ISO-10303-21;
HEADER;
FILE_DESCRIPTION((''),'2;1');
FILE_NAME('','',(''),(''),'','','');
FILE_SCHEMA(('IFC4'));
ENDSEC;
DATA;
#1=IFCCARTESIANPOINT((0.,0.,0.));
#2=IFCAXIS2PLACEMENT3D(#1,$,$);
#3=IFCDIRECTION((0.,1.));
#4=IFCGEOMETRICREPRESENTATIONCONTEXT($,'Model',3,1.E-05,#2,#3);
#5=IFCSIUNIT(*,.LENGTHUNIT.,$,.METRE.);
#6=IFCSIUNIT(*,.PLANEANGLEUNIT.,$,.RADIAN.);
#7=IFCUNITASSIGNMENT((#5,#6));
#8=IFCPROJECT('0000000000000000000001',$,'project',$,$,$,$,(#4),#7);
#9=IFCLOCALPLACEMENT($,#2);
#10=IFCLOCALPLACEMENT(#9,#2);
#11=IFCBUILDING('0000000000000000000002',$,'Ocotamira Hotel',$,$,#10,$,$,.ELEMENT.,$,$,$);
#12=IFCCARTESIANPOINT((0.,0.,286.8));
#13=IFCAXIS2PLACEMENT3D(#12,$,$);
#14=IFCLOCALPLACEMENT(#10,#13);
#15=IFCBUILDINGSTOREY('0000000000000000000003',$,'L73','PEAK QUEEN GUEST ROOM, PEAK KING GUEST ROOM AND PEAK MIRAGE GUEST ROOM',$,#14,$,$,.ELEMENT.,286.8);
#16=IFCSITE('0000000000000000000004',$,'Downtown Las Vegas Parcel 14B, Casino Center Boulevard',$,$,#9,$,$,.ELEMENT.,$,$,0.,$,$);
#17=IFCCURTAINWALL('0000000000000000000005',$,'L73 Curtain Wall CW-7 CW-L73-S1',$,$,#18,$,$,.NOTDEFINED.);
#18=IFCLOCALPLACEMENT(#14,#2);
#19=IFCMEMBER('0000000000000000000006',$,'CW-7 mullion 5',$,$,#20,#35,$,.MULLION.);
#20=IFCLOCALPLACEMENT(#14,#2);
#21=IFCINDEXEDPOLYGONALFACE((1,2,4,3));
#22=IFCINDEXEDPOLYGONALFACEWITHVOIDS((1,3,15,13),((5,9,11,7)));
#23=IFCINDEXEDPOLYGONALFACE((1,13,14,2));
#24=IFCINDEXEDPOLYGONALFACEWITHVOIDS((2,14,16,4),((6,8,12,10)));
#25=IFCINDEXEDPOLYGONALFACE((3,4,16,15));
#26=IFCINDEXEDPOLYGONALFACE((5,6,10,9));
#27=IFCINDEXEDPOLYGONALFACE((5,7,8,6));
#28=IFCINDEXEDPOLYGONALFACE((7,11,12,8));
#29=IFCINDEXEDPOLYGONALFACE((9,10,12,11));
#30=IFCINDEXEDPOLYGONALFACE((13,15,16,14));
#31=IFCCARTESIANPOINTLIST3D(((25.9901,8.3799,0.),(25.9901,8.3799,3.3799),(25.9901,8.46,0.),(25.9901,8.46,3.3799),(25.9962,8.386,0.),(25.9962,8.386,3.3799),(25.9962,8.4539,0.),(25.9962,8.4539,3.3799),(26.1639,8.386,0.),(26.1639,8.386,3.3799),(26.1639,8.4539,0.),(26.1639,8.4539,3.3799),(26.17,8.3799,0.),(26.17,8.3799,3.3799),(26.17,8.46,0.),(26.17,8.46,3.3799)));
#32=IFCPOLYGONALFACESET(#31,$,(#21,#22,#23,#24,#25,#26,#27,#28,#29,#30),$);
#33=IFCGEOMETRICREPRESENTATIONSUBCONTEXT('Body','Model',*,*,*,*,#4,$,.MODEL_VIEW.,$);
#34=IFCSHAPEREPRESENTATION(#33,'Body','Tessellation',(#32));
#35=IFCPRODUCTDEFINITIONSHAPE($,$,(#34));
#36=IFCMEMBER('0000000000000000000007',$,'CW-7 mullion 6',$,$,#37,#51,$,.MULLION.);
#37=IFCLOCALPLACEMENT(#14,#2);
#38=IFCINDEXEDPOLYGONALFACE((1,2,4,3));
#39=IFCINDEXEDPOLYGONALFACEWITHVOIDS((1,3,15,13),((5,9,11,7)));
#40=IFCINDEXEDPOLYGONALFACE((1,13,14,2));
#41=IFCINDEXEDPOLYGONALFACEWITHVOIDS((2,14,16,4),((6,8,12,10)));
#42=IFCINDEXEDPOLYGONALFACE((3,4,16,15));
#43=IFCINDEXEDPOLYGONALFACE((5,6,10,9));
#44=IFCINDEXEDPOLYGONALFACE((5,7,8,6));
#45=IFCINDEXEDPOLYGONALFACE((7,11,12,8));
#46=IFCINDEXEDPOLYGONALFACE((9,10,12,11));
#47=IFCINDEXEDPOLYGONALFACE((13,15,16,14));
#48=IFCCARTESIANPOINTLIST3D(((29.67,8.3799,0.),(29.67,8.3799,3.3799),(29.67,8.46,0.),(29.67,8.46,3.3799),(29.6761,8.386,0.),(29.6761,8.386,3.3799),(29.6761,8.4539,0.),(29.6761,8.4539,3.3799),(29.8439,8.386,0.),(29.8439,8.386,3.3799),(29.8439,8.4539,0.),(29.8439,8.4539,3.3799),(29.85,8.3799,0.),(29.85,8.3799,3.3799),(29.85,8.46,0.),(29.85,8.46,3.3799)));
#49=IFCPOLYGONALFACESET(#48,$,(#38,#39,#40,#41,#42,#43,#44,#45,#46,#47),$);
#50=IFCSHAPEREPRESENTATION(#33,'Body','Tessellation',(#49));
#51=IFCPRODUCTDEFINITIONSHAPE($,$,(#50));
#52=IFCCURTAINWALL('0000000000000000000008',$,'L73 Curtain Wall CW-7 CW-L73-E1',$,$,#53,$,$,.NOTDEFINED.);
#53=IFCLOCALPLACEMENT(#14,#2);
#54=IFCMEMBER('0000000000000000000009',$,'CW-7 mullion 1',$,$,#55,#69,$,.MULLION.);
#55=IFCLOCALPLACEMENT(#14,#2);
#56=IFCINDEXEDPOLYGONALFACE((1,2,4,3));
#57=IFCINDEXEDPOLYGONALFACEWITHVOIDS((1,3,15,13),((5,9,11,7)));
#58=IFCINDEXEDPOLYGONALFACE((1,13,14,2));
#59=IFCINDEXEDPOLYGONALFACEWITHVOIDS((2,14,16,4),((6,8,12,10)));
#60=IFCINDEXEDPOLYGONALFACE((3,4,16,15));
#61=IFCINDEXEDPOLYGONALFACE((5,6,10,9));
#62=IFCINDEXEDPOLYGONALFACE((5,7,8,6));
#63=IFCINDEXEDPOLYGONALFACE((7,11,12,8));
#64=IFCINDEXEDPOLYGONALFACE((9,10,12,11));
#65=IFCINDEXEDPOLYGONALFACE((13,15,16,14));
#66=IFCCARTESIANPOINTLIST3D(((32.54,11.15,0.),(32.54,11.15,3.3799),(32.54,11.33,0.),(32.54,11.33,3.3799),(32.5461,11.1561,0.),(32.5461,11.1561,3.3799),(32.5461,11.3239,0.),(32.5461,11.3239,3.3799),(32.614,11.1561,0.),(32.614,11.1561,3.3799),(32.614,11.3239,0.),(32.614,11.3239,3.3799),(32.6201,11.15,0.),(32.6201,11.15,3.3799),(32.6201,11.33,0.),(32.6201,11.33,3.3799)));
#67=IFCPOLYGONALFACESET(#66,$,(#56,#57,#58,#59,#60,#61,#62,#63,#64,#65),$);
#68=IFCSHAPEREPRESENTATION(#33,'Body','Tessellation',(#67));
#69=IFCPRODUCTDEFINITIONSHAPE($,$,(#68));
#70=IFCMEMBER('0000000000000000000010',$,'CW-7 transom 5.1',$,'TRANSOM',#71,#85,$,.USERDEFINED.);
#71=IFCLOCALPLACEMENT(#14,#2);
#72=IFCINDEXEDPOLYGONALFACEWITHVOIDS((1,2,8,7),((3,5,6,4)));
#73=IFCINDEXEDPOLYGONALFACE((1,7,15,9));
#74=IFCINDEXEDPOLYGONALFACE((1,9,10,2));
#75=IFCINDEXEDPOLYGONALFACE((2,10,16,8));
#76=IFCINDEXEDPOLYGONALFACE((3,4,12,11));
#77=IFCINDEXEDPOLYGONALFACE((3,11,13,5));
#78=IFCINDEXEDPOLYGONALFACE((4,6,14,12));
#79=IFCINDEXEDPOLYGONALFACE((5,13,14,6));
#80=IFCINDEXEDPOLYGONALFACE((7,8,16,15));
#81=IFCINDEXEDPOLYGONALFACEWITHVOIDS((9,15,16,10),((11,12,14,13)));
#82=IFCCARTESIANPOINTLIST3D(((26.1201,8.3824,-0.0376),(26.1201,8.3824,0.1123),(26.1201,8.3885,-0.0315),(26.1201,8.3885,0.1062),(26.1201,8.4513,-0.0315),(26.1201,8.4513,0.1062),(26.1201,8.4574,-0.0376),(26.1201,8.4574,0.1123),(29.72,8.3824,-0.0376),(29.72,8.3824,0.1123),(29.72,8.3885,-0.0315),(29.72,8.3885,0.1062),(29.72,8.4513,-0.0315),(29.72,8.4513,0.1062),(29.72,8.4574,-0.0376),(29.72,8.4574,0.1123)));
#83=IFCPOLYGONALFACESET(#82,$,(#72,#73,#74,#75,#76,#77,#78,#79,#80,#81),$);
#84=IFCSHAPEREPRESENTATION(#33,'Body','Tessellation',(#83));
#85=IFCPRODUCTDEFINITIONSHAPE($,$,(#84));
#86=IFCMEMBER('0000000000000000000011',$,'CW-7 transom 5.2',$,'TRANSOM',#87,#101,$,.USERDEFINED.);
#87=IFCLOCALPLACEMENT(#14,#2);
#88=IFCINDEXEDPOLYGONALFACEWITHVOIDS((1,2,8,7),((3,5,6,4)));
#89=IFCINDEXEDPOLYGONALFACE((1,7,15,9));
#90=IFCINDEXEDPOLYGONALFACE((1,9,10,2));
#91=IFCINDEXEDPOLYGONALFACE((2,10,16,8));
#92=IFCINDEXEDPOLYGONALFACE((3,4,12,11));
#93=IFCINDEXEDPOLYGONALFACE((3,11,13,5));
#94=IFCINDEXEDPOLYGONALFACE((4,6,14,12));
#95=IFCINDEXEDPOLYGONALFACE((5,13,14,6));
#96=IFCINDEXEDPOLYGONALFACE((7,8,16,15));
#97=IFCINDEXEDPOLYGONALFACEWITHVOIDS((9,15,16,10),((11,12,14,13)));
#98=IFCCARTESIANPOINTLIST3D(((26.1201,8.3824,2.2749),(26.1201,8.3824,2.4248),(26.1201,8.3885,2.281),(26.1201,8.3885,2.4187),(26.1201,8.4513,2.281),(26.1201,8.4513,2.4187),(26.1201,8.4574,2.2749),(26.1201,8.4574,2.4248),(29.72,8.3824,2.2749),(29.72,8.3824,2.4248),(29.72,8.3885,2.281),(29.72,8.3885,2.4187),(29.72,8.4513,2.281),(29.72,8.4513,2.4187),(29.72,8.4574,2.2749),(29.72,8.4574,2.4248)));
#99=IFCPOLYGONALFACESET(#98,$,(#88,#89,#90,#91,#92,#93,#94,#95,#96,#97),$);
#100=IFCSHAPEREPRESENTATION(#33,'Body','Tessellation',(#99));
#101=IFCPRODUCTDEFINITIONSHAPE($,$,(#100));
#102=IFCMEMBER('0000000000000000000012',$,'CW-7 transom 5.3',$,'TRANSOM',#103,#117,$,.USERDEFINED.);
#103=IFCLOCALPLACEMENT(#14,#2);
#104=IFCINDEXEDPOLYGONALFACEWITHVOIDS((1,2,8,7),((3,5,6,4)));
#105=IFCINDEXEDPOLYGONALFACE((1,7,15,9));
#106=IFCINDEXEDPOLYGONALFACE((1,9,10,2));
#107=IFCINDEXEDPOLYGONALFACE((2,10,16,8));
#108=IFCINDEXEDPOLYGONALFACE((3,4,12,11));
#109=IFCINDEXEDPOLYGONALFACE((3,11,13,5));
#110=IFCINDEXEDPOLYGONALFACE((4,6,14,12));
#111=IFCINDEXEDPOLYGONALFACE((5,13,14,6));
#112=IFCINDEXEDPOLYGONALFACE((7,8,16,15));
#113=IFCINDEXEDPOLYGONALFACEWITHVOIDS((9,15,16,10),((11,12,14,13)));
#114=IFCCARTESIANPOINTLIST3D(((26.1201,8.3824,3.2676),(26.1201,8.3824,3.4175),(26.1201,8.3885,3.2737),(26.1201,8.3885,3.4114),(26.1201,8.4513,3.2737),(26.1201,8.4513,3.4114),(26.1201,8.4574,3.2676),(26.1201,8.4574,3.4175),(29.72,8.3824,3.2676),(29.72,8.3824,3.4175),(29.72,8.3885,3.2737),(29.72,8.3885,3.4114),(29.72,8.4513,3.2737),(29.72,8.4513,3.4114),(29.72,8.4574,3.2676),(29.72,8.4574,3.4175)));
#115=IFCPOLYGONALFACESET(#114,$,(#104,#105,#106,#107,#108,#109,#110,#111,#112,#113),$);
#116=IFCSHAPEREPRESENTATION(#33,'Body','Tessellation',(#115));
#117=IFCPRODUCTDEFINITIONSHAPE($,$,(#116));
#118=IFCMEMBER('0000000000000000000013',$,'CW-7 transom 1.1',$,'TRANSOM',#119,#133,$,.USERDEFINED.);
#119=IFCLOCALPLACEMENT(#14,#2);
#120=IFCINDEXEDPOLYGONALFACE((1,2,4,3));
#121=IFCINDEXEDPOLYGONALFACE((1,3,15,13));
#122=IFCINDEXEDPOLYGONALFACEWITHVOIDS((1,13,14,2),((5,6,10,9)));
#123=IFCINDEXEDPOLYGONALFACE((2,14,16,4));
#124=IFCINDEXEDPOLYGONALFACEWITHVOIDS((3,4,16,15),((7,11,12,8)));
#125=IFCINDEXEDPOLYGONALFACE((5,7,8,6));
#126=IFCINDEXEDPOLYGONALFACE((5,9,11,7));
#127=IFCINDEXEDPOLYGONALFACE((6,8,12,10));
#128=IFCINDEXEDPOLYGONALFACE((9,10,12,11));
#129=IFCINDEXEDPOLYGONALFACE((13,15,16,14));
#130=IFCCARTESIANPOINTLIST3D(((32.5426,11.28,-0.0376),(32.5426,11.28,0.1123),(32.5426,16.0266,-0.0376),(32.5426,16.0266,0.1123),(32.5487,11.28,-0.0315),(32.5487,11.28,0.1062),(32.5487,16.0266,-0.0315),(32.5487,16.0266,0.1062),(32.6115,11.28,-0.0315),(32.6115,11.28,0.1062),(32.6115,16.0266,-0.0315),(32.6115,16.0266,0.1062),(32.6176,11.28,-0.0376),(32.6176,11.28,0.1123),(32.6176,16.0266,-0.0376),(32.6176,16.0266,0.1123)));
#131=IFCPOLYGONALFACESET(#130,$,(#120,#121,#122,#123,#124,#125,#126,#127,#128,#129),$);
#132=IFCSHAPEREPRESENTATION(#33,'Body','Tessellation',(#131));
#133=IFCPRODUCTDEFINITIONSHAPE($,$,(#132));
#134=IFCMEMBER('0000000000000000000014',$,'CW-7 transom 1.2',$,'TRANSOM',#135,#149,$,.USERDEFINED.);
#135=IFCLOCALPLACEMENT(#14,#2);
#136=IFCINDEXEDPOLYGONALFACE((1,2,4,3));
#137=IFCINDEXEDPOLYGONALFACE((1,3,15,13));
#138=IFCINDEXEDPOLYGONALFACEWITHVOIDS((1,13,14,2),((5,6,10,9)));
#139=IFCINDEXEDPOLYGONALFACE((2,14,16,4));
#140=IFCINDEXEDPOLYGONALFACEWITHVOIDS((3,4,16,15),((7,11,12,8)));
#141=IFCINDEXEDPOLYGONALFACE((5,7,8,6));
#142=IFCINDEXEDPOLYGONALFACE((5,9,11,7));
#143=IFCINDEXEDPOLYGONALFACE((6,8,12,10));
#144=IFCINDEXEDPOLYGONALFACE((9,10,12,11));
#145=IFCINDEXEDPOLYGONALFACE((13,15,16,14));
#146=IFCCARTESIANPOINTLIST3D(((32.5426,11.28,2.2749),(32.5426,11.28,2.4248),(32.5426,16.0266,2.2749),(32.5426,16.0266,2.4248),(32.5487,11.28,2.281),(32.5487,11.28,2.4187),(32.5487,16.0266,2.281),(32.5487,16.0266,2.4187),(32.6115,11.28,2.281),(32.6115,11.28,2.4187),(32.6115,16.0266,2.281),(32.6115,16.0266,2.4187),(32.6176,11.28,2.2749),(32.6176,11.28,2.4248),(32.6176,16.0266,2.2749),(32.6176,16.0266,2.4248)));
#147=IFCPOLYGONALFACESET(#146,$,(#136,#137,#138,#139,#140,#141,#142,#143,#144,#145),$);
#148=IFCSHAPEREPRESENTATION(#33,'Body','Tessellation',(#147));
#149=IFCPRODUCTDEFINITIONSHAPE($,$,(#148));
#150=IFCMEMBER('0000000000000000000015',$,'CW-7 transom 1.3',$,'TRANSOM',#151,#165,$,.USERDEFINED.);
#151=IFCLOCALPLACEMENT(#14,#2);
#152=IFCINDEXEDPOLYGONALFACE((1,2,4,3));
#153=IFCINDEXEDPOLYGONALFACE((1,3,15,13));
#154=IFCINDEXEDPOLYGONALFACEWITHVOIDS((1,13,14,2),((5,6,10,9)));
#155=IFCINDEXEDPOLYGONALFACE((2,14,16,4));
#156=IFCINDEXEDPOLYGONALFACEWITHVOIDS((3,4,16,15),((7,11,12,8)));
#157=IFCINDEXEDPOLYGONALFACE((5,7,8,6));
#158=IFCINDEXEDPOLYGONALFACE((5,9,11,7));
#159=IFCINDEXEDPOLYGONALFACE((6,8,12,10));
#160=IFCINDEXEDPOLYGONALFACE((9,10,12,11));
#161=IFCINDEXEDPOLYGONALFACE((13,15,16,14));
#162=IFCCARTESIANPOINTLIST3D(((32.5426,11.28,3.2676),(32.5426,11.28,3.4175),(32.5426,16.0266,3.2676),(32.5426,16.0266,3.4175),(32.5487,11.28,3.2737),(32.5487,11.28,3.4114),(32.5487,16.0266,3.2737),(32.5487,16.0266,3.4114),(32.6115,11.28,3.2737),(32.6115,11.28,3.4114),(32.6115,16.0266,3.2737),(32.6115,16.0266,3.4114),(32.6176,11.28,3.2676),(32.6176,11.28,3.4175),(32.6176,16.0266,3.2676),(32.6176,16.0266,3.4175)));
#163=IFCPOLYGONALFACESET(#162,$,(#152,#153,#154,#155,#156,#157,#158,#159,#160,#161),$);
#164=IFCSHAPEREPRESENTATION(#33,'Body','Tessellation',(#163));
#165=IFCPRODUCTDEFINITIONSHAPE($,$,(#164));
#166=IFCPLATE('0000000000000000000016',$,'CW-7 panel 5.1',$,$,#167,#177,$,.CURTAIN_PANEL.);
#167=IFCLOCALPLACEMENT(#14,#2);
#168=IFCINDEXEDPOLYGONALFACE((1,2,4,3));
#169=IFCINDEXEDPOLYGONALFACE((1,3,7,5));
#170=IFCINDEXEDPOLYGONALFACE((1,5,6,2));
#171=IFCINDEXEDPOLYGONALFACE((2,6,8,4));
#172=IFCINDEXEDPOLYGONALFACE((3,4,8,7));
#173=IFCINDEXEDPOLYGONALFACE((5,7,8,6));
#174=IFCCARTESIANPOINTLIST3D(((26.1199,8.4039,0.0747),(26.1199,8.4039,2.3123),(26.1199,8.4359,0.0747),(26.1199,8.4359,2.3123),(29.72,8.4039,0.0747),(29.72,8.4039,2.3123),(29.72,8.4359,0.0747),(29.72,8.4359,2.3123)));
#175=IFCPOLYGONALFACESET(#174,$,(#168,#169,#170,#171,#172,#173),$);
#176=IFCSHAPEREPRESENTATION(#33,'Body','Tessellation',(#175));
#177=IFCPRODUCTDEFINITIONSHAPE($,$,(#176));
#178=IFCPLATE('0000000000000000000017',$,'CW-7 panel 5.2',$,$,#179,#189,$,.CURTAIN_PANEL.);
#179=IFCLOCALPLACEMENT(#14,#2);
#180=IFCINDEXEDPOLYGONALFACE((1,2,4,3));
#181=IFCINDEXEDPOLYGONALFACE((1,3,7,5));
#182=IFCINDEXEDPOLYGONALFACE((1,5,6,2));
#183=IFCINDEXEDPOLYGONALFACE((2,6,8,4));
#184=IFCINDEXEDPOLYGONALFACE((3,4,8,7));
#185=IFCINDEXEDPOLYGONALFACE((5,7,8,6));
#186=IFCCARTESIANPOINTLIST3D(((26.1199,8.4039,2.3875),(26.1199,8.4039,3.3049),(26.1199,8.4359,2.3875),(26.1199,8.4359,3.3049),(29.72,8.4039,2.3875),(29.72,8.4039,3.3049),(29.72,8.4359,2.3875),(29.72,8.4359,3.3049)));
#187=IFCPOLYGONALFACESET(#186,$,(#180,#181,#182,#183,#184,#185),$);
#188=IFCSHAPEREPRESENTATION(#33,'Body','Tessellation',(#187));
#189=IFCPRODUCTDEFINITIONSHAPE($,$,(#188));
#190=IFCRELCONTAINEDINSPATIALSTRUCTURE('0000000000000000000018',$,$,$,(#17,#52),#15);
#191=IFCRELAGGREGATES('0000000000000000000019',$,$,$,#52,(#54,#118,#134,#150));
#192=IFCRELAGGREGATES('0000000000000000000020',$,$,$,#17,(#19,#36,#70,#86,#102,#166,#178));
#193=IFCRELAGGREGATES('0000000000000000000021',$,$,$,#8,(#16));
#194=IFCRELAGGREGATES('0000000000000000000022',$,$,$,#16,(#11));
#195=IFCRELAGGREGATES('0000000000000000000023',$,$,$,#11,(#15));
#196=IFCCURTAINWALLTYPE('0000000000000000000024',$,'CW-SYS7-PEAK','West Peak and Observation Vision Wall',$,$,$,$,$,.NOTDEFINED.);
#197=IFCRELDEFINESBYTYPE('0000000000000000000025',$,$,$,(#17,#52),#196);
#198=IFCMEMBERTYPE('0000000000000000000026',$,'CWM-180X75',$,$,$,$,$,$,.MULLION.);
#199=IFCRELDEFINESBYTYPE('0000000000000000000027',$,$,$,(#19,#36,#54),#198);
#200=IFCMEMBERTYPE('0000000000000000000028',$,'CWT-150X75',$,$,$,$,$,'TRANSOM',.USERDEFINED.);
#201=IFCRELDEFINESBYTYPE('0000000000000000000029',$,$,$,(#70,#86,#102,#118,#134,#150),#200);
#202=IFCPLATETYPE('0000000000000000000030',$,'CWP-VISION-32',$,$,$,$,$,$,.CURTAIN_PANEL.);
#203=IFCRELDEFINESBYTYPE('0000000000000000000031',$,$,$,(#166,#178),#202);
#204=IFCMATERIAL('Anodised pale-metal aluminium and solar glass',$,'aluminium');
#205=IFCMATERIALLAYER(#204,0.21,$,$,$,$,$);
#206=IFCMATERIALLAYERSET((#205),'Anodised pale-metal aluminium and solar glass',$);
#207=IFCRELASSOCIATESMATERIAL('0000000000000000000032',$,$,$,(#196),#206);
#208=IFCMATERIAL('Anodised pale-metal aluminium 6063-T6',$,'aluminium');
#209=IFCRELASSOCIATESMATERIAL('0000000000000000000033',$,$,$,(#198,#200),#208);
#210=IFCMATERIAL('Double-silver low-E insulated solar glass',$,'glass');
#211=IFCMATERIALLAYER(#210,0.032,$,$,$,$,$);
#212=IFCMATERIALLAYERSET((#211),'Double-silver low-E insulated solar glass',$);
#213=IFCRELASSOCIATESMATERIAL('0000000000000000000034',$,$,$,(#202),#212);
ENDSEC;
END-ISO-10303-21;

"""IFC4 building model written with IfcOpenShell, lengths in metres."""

from ifc_helpers import new_model, si_unit, direction, frame, origin, origin_2d, place, context, subcontext, project, spatial, rectangle, hollow_rectangle, extrude, source, transform, mapped, material, layer, layer_set, material_profile, profile_set, type_object, element, aggregate, save


model = new_model("IFC4")

# Units and contexts
model_context = context("Model", 3, precision=1e-05, world=origin(), true_north=direction((0.0, 1.0)))
body_context = subcontext(model_context, "Body", "Model", "MODEL_VIEW")
ifc_project = project(units=[si_unit("LENGTHUNIT", "METRE"), si_unit("PLANEANGLEUNIT", "RADIAN")], contexts=[model_context])

# Site, building, storey
site_placement = place(None, origin())
site = spatial("IfcSite", under=ifc_project, at=site_placement, Name="Downtown Las Vegas Parcel 14B, Casino Center Boulevard", CompositionType="ELEMENT", RefElevation=0.0)
building_placement = place(site_placement, origin())
building = spatial("IfcBuilding", under=site, at=building_placement, Name="Ocotamira Hotel", CompositionType="ELEMENT")
storey_placement = place(building_placement, frame((0.0, 0.0, 286.8)))
storey = spatial("IfcBuildingStorey", under=building, at=storey_placement, Name="L73", Description="PEAK QUEEN GUEST ROOM, PEAK KING GUEST ROOM AND PEAK MIRAGE GUEST ROOM", CompositionType="ELEMENT", Elevation=286.8)

# Curtain wall, members
ifc_material_1 = material(Name="Anodised pale-metal aluminium and solar glass", Category="aluminium")
ifc_layer_1 = layer(ifc_material_1, 0.21)
ifc_layer_set_1 = layer_set([ifc_layer_1], Name="Anodised pale-metal aluminium and solar glass")
curtain_wall_type = type_object("IfcCurtainWallType", Name="CW-SYS7-PEAK", Description="West Peak and Observation Vision Wall", PredefinedType="NOTDEFINED", material=ifc_layer_set_1)
curtain_wall_1_placement = place(storey_placement, origin())
curtain_wall_1 = element("IfcCurtainWall", 1, at=curtain_wall_1_placement, inside=storey, type_object=curtain_wall_type, Name="L73 Curtain Wall CW-7 CW-L73-S1", PredefinedType="NOTDEFINED")
ifc_material_2 = material(Name="Anodised pale-metal aluminium 6063-T6", Category="aluminium")
ifc_material_profile_1 = material_profile(ifc_material_2, hollow_rectangle(XDim=0.0801, YDim=0.1799, WallThickness=0.0061, at=origin_2d()), Name="HSS180X80X6")
ifc_profile_set_1 = profile_set([ifc_material_profile_1], Name="Anodised pale-metal aluminium 6063-T6")
member_type_1 = type_object("IfcMemberType", Name="CWM-180X75", PredefinedType="MULLION", material=ifc_profile_set_1)
shared_shape_1 = source(origin(), body_context, "Body", "SweptSolid", [
    extrude(hollow_rectangle(XDim=0.0801, YDim=0.1799, WallThickness=0.0061, at=origin_2d()), origin(), (0.0, 0.0, 1.0), 3.3799),
])
member_1_placement = place(storey_placement, frame((26.0801, 8.4199, 0.0), z_axis=(0.0, 0.0, 1.0), x_axis=(0.0, 1.0, 0.0)))
member_1 = element("IfcMember", 2, at=member_1_placement, type_object=member_type_1, Name="CW-7 mullion 5", PredefinedType="MULLION", context=body_context, shape_type="MappedRepresentation", body=[
    mapped(shared_shape_1, transform((0.0, 0.0, 0.0), scale=1.0)),
])
member_2_placement = place(storey_placement, frame((29.76, 8.4199, 0.0), z_axis=(0.0, 0.0, 1.0), x_axis=(0.0, 1.0, 0.0)))
member_2 = element("IfcMember", 3, at=member_2_placement, type_object=member_type_1, Name="CW-7 mullion 6", PredefinedType="MULLION", context=body_context, shape_type="MappedRepresentation", body=[
    mapped(shared_shape_1, transform((0.0, 0.0, 0.0), scale=1.0)),
])

# Curtain wall, member
curtain_wall_2_placement = place(storey_placement, origin())
curtain_wall_2 = element("IfcCurtainWall", 4, at=curtain_wall_2_placement, inside=storey, type_object=curtain_wall_type, Name="L73 Curtain Wall CW-7 CW-L73-E1", PredefinedType="NOTDEFINED")
member_3_placement = place(storey_placement, frame((32.5801, 11.24, 0.0), z_axis=(0.0, 0.0, 1.0), x_axis=(-1.0, 0.0, 0.0)))
member_3 = element("IfcMember", 5, at=member_3_placement, type_object=member_type_1, Name="CW-7 mullion 1", PredefinedType="MULLION", context=body_context, shape_type="MappedRepresentation", body=[
    mapped(shared_shape_1, transform((0.0, 0.0, 0.0), scale=1.0)),
])

# Members
ifc_material_profile_2 = material_profile(ifc_material_2, hollow_rectangle(XDim=0.075, YDim=0.1499, WallThickness=0.0061, at=origin_2d()), Name="HSS150X75X6")
ifc_profile_set_2 = profile_set([ifc_material_profile_2], Name="Anodised pale-metal aluminium 6063-T6")
member_type_2 = type_object("IfcMemberType", Name="CWT-150X75", ElementType="TRANSOM", PredefinedType="USERDEFINED", material=ifc_profile_set_2)
shared_shape_2 = source(origin(), body_context, "Body", "SweptSolid", [
    extrude(hollow_rectangle(XDim=0.075, YDim=0.1499, WallThickness=0.0061, at=origin_2d()), origin(), (0.0, 0.0, 1.0), 3.5999),
])
member_4_placement = place(storey_placement, frame((26.1201, 8.4199, 0.0374), z_axis=(1.0, 0.0, 0.0), x_axis=(0.0, 1.0, 0.0)))
member_4 = element("IfcMember", 6, at=member_4_placement, type_object=member_type_2, Name="CW-7 transom 5.1", ObjectType="TRANSOM", PredefinedType="USERDEFINED", context=body_context, shape_type="MappedRepresentation", body=[
    mapped(shared_shape_2, transform((0.0, 0.0, 0.0), scale=1.0)),
])
member_5_placement = place(storey_placement, frame((26.1201, 8.4199, 2.3499), z_axis=(1.0, 0.0, 0.0), x_axis=(0.0, 1.0, 0.0)))
member_5 = element("IfcMember", 7, at=member_5_placement, type_object=member_type_2, Name="CW-7 transom 5.2", ObjectType="TRANSOM", PredefinedType="USERDEFINED", context=body_context, shape_type="MappedRepresentation", body=[
    mapped(shared_shape_2, transform((0.0, 0.0, 0.0), scale=1.0)),
])
member_6_placement = place(storey_placement, frame((26.1201, 8.4199, 3.3425), z_axis=(1.0, 0.0, 0.0), x_axis=(0.0, 1.0, 0.0)))
member_6 = element("IfcMember", 8, at=member_6_placement, type_object=member_type_2, Name="CW-7 transom 5.3", ObjectType="TRANSOM", PredefinedType="USERDEFINED", context=body_context, shape_type="MappedRepresentation", body=[
    mapped(shared_shape_2, transform((0.0, 0.0, 0.0), scale=1.0)),
])
shared_shape_3 = source(origin(), body_context, "Body", "SweptSolid", [
    extrude(hollow_rectangle(XDim=0.075, YDim=0.1499, WallThickness=0.0061, at=origin_2d()), origin(), (0.0, 0.0, 1.0), 4.7466),
])
member_7_placement = place(storey_placement, frame((32.5801, 11.28, 0.0374), z_axis=(0.0, 1.0, 0.0), x_axis=(-1.0, 0.0, 0.0)))
member_7 = element("IfcMember", 9, at=member_7_placement, type_object=member_type_2, Name="CW-7 transom 1.1", ObjectType="TRANSOM", PredefinedType="USERDEFINED", context=body_context, shape_type="MappedRepresentation", body=[
    mapped(shared_shape_3, transform((0.0, 0.0, 0.0), scale=1.0)),
])
member_8_placement = place(storey_placement, frame((32.5801, 11.28, 2.3499), z_axis=(0.0, 1.0, 0.0), x_axis=(-1.0, 0.0, 0.0)))
member_8 = element("IfcMember", 10, at=member_8_placement, type_object=member_type_2, Name="CW-7 transom 1.2", ObjectType="TRANSOM", PredefinedType="USERDEFINED", context=body_context, shape_type="MappedRepresentation", body=[
    mapped(shared_shape_3, transform((0.0, 0.0, 0.0), scale=1.0)),
])
member_9_placement = place(storey_placement, frame((32.5801, 11.28, 3.3425), z_axis=(0.0, 1.0, 0.0), x_axis=(-1.0, 0.0, 0.0)))
member_9 = element("IfcMember", 11, at=member_9_placement, type_object=member_type_2, Name="CW-7 transom 1.3", ObjectType="TRANSOM", PredefinedType="USERDEFINED", context=body_context, shape_type="MappedRepresentation", body=[
    mapped(shared_shape_3, transform((0.0, 0.0, 0.0), scale=1.0)),
])
aggregate(curtain_wall_2, [member_3, member_7, member_8, member_9])

# Plates
ifc_material_3 = material(Name="Double-silver low-E insulated solar glass", Category="glass")
ifc_layer_2 = layer(ifc_material_3, 0.032)
ifc_layer_set_2 = layer_set([ifc_layer_2], Name="Double-silver low-E insulated solar glass")
plate_type = type_object("IfcPlateType", Name="CWP-VISION-32", PredefinedType="CURTAIN_PANEL", material=ifc_layer_set_2)
shared_shape_4 = source(origin(), body_context, "Body", "SweptSolid", [
    extrude(rectangle(XDim=3.6001, YDim=0.032, at=origin_2d()), origin(), (0.0, 0.0, 1.0), 2.2375),
])
plate_1_placement = place(storey_placement, frame((27.9199, 8.4199, 0.0747), z_axis=(0.0, 0.0, 1.0), x_axis=(1.0, 0.0, 0.0)))
plate_1 = element("IfcPlate", 12, at=plate_1_placement, type_object=plate_type, Name="CW-7 panel 5.1", PredefinedType="CURTAIN_PANEL", context=body_context, shape_type="MappedRepresentation", body=[
    mapped(shared_shape_4, transform((0.0, 0.0, 0.0), scale=1.0)),
])
shared_shape_5 = source(origin(), body_context, "Body", "SweptSolid", [
    extrude(rectangle(XDim=3.6001, YDim=0.032, at=origin_2d()), origin(), (0.0, 0.0, 1.0), 0.9175),
])
plate_2_placement = place(storey_placement, frame((27.9199, 8.4199, 2.3875), z_axis=(0.0, 0.0, 1.0), x_axis=(1.0, 0.0, 0.0)))
plate_2 = element("IfcPlate", 13, at=plate_2_placement, type_object=plate_type, Name="CW-7 panel 5.2", PredefinedType="CURTAIN_PANEL", context=body_context, shape_type="MappedRepresentation", body=[
    mapped(shared_shape_5, transform((0.0, 0.0, 0.0), scale=1.0)),
])
aggregate(curtain_wall_1, [member_1, member_2, member_4, member_5, member_6, plate_1, plate_2])

save(model, "model.ifc")
